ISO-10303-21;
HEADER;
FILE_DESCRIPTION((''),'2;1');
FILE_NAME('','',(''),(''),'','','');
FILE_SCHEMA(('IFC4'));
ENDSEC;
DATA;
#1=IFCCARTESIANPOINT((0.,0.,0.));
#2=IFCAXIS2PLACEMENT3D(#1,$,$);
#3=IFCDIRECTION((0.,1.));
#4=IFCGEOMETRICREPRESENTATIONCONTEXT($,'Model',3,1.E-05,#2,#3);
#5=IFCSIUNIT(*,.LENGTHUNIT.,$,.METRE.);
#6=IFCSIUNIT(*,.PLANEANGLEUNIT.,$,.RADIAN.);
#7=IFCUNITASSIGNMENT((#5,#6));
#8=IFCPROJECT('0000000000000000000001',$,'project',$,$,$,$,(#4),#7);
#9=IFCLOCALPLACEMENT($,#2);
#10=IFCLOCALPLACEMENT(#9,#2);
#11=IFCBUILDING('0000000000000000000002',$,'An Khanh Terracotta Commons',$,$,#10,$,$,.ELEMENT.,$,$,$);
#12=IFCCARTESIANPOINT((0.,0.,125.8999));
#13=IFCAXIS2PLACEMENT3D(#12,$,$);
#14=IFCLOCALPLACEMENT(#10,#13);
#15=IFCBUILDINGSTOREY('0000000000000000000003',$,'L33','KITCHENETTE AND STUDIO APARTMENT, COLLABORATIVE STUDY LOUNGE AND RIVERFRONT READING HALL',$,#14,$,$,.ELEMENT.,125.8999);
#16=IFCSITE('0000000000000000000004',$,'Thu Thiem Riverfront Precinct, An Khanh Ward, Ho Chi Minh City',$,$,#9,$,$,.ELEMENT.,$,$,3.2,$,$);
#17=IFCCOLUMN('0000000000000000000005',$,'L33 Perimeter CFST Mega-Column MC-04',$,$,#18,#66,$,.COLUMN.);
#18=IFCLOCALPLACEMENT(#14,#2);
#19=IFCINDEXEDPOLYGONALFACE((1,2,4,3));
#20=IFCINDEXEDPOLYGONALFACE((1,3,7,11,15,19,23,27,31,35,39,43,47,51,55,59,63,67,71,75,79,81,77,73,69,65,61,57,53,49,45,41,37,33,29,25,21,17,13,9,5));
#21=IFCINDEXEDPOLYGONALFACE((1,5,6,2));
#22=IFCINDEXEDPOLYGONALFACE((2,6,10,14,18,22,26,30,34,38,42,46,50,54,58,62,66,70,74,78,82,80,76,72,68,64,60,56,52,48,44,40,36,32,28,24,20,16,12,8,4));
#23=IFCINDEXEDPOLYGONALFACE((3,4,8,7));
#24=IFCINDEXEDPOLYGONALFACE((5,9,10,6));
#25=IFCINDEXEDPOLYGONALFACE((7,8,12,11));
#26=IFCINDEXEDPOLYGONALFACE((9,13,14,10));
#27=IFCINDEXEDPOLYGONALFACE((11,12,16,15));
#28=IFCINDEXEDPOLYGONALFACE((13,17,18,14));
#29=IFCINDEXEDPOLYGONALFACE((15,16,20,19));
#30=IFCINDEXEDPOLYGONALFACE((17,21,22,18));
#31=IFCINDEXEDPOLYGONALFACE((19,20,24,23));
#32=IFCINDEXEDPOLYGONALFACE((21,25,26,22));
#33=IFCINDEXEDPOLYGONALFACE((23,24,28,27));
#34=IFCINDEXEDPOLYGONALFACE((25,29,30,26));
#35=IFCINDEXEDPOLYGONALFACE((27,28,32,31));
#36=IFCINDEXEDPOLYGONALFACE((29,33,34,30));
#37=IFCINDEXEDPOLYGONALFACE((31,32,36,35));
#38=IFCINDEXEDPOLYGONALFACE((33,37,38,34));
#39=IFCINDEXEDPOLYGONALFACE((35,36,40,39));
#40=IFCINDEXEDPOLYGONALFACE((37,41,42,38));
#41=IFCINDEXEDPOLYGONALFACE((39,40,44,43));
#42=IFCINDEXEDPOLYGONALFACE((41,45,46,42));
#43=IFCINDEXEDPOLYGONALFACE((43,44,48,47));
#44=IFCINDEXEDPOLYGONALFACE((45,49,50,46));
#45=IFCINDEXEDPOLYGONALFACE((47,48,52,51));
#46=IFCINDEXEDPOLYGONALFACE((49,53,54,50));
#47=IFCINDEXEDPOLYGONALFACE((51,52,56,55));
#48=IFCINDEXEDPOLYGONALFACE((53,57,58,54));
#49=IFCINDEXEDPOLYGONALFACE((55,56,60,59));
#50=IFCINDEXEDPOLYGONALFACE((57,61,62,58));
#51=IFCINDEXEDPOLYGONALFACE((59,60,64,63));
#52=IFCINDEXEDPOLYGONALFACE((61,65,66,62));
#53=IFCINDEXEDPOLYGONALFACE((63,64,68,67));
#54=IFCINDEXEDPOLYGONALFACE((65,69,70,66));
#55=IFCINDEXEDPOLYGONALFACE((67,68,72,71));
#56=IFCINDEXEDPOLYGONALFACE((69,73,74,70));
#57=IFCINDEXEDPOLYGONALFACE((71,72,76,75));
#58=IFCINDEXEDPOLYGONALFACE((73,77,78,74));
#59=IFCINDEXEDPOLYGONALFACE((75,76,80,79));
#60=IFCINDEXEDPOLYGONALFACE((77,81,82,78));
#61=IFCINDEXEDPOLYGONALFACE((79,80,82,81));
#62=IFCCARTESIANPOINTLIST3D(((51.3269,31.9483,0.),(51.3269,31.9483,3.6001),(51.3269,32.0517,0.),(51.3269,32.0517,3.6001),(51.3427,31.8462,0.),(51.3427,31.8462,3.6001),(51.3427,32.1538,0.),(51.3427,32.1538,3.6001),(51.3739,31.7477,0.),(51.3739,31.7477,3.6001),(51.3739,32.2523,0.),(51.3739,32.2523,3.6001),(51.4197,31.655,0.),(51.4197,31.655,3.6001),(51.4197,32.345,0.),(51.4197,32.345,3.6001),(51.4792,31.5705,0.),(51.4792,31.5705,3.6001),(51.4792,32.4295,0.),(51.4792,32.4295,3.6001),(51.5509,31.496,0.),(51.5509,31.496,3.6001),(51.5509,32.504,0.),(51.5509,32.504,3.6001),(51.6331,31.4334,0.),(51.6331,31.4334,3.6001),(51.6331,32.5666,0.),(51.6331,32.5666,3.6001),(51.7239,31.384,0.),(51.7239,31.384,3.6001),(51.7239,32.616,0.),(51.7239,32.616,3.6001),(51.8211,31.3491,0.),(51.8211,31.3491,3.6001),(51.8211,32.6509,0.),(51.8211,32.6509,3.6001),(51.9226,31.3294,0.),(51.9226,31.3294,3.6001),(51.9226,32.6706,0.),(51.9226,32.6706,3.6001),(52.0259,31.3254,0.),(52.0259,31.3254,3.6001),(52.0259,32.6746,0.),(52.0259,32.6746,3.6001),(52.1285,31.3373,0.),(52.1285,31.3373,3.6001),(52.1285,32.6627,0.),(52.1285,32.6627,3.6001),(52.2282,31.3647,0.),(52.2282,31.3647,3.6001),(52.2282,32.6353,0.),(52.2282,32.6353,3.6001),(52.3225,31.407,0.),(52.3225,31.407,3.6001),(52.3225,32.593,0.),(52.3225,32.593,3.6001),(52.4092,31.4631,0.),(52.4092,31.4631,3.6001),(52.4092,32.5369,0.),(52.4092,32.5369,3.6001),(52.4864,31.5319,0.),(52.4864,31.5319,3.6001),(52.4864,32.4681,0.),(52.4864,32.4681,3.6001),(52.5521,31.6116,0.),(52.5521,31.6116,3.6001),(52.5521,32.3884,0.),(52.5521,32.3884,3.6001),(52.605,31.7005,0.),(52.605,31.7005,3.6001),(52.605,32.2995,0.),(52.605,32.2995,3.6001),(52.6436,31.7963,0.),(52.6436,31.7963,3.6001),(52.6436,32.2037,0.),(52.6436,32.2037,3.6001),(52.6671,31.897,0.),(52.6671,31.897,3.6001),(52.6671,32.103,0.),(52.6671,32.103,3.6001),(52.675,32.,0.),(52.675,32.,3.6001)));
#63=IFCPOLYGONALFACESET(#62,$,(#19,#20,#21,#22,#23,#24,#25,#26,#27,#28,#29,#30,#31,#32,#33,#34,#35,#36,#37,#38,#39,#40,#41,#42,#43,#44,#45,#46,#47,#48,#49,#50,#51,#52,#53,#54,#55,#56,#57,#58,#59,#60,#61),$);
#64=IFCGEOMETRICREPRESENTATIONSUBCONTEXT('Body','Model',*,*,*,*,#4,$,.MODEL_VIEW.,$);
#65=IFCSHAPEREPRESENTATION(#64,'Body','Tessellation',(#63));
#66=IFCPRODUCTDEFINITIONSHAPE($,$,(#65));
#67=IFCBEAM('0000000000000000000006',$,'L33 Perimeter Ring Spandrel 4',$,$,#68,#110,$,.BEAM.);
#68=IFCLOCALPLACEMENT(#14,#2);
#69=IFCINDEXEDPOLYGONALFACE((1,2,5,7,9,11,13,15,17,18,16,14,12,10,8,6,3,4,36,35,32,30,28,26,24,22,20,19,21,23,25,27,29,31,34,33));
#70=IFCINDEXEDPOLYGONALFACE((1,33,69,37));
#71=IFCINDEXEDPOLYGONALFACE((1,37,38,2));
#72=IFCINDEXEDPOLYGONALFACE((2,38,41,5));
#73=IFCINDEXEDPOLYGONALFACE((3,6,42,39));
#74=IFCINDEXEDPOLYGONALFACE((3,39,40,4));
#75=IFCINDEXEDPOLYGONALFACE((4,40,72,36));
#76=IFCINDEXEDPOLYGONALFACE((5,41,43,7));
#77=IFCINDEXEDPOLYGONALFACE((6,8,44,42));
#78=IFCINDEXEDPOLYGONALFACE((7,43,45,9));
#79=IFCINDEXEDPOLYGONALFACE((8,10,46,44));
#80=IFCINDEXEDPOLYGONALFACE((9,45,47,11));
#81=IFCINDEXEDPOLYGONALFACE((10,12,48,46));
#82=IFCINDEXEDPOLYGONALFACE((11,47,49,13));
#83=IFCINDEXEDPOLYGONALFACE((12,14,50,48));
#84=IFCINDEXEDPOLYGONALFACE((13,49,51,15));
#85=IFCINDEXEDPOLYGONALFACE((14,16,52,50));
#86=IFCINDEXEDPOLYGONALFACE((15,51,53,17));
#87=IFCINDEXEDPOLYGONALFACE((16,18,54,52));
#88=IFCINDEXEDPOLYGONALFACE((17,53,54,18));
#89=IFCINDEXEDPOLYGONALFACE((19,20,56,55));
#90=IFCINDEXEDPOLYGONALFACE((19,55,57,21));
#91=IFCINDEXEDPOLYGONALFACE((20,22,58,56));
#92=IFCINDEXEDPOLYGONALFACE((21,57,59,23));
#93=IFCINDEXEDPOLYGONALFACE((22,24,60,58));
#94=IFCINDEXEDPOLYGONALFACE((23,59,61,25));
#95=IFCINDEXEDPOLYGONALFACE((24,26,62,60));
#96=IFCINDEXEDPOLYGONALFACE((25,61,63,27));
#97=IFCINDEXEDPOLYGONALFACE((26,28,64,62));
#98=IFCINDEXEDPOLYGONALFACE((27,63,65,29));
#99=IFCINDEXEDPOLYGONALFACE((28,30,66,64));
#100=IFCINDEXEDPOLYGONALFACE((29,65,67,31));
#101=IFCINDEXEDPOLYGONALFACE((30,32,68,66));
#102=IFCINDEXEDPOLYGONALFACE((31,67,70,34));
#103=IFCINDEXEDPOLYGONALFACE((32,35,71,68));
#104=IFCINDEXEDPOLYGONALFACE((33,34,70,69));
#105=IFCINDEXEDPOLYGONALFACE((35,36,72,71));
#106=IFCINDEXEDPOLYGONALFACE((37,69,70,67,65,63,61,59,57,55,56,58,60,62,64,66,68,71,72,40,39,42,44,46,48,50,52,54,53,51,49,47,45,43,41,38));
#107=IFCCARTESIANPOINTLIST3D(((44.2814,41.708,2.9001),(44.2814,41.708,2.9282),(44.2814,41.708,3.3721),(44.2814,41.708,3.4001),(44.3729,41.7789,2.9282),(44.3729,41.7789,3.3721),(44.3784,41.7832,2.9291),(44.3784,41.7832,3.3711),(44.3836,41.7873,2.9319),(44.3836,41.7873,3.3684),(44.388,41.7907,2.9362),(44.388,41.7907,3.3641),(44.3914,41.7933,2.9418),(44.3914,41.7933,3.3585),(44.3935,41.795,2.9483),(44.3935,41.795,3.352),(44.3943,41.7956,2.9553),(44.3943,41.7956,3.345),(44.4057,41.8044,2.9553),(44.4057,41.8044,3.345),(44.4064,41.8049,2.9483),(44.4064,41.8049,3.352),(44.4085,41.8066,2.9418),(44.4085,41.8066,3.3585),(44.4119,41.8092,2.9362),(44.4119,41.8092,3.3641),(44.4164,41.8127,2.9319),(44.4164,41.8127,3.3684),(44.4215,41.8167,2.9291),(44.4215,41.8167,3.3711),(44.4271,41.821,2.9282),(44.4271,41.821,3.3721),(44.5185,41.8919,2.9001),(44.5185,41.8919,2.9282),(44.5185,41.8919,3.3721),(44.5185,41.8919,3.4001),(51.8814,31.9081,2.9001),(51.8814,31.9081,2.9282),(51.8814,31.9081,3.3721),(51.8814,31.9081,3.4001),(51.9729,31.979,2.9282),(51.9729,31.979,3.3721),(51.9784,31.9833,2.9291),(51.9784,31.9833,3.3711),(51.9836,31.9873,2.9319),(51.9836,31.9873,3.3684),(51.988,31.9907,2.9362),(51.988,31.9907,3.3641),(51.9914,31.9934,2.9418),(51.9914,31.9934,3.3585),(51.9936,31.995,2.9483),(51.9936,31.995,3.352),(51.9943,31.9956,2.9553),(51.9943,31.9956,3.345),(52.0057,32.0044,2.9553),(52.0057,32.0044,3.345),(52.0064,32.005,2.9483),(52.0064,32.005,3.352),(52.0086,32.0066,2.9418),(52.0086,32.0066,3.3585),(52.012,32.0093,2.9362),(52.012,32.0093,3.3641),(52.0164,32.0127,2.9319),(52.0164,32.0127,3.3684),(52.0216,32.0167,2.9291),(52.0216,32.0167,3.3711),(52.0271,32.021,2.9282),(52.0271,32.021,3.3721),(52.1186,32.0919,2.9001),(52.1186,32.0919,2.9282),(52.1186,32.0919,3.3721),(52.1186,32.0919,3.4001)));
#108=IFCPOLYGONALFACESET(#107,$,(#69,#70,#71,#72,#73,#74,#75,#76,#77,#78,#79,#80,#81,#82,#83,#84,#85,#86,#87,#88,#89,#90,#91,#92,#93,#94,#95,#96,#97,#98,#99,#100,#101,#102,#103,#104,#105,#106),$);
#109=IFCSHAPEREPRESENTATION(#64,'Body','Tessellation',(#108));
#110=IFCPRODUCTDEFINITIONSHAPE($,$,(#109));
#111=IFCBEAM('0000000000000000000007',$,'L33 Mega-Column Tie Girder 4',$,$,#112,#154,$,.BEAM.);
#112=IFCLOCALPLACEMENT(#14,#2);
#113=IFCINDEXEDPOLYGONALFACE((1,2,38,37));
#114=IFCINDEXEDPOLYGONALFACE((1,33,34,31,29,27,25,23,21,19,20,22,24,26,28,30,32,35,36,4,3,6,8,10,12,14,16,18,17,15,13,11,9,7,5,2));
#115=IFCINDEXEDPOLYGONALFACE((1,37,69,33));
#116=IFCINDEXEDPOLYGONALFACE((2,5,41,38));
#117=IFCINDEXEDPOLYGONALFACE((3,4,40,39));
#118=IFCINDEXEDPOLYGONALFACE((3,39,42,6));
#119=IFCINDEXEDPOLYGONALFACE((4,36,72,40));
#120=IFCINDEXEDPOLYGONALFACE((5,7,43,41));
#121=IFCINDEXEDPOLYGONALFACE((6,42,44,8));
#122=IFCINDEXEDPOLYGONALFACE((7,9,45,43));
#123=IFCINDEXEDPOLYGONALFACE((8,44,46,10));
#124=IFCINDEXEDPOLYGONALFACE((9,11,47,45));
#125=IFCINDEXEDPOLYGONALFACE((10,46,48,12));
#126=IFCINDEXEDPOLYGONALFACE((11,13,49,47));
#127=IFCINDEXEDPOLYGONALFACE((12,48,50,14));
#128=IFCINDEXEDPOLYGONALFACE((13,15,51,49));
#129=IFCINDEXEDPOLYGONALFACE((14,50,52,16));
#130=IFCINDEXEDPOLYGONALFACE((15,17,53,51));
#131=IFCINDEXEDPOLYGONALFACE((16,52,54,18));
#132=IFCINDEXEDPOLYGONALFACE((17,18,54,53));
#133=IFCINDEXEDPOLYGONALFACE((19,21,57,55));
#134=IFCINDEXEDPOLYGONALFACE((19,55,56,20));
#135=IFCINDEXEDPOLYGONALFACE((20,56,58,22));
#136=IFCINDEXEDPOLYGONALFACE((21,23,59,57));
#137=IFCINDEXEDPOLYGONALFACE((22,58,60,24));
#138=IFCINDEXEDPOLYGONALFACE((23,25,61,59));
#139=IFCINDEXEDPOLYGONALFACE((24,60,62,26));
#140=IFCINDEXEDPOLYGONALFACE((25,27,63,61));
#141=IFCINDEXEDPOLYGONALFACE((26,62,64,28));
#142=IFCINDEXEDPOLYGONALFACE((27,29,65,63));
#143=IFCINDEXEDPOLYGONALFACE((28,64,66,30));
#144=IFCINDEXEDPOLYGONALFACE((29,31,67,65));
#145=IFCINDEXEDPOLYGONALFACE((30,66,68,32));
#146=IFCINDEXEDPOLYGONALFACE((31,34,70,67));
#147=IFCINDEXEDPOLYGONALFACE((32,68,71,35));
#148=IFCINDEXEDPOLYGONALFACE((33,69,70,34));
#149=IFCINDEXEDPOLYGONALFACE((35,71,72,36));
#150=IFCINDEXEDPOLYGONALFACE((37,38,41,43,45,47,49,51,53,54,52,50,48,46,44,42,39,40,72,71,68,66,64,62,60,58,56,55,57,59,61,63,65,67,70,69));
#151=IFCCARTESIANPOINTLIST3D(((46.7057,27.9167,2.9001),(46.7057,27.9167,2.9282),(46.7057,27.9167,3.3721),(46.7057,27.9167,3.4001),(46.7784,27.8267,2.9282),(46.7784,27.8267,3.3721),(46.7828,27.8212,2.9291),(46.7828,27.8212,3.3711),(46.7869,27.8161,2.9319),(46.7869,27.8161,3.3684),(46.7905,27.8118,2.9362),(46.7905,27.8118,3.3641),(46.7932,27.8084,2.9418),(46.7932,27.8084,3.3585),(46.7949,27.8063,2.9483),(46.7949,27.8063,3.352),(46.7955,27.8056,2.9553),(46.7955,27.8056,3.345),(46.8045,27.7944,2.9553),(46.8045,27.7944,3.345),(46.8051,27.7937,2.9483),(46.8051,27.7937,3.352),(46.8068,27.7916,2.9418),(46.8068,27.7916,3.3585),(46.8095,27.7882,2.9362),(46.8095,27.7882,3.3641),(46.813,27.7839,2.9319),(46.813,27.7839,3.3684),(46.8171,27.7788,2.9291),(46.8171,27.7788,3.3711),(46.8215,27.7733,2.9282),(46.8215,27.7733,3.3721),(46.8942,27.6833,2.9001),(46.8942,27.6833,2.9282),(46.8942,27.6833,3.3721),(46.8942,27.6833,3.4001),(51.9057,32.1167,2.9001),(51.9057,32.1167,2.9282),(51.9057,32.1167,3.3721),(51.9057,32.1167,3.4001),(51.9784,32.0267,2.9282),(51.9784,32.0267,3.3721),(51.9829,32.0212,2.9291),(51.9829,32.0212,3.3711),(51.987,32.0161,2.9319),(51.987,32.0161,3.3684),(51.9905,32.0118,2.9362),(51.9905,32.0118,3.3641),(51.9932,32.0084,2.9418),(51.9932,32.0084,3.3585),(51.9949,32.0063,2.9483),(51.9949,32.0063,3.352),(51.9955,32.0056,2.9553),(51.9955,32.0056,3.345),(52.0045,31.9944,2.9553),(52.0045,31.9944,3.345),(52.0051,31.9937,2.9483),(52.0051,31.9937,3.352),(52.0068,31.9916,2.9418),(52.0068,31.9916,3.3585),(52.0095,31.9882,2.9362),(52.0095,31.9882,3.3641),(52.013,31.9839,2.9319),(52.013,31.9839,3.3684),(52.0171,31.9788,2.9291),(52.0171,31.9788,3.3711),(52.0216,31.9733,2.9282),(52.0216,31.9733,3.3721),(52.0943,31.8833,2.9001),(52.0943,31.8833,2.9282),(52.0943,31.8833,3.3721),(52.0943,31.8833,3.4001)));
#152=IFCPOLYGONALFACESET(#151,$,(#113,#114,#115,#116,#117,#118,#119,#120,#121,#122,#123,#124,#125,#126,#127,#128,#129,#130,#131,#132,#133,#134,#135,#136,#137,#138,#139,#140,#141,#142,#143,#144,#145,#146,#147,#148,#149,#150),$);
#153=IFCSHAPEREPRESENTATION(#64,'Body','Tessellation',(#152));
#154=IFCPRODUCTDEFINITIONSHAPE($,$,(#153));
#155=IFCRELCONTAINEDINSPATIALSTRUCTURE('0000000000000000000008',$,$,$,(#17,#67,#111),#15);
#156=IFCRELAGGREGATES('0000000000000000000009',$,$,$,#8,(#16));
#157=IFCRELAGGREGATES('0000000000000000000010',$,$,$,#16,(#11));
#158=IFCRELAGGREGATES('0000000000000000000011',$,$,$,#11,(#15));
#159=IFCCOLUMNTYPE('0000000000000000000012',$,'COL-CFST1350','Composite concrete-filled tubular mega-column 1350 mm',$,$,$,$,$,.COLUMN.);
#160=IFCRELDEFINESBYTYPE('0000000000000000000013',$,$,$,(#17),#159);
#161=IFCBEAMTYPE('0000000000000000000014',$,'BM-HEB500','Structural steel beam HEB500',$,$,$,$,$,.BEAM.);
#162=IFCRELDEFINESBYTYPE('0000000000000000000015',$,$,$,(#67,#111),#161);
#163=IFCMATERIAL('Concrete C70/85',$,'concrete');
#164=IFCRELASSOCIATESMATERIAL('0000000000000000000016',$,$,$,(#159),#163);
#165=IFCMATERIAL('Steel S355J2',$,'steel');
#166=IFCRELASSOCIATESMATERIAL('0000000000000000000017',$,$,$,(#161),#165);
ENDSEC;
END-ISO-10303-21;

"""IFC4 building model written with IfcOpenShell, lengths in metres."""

from ifc_helpers import new_model, si_unit, direction, frame, origin, origin_2d, place, context, subcontext, project, spatial, circle, i_section, extrude, material, material_profile, profile_set, type_object, element, save


model = new_model("IFC4")

# Units and contexts
model_context = context("Model", 3, precision=1e-05, world=origin(), true_north=direction((0.0, 1.0)))
body_context = subcontext(model_context, "Body", "Model", "MODEL_VIEW")
ifc_project = project(units=[si_unit("LENGTHUNIT", "METRE"), si_unit("PLANEANGLEUNIT", "RADIAN")], contexts=[model_context])

# Site, building, storey
site_placement = place(None, origin())
site = spatial("IfcSite", under=ifc_project, at=site_placement, Name="Thu Thiem Riverfront Precinct, An Khanh Ward, Ho Chi Minh City", CompositionType="ELEMENT", RefElevation=3.2)
building_placement = place(site_placement, origin())
building = spatial("IfcBuilding", under=site, at=building_placement, Name="An Khanh Terracotta Commons", CompositionType="ELEMENT")
storey_placement = place(building_placement, frame((0.0, 0.0, 125.8999)))
storey = spatial("IfcBuildingStorey", under=building, at=storey_placement, Name="L33", Description="KITCHENETTE AND STUDIO APARTMENT, COLLABORATIVE STUDY LOUNGE AND RIVERFRONT READING HALL", CompositionType="ELEMENT", Elevation=125.8999)

# Column
ifc_material_1 = material(Name="Concrete C70/85", Category="concrete")
ifc_material_profile_1 = material_profile(ifc_material_1, circle(Radius=0.675, at=origin_2d()), Name="CFST1350")
ifc_profile_set_1 = profile_set([ifc_material_profile_1], Name="Concrete C70/85")
column_type = type_object("IfcColumnType", Name="COL-CFST1350", Description="Composite concrete-filled tubular mega-column 1350 mm", PredefinedType="COLUMN", material=ifc_profile_set_1)
column_placement = place(storey_placement, frame((52.0, 32.0, 0.0), z_axis=(0.0, 0.0, 1.0), x_axis=(1.0, 0.0, 0.0)))
element("IfcColumn", 1, at=column_placement, inside=storey, type_object=column_type, Name="L33 Perimeter CFST Mega-Column MC-04", PredefinedType="COLUMN", context=body_context, shape_type="SweptSolid", body=[
    extrude(circle(Radius=0.675, at=origin_2d()), origin(), (0.0, 0.0, 1.0), 3.6001),
])

# Beams
ifc_material_2 = material(Name="Steel S355J2", Category="steel")
ifc_material_profile_2 = material_profile(ifc_material_2, i_section(OverallWidth=0.3, OverallDepth=0.5, WebThickness=0.0144, FlangeThickness=0.0281, FilletRadius=0.0271, at=origin_2d()), Name="HEB500")
ifc_profile_set_2 = profile_set([ifc_material_profile_2], Name="Steel S355J2")
beam_type = type_object("IfcBeamType", Name="BM-HEB500", Description="Structural steel beam HEB500", PredefinedType="BEAM", material=ifc_profile_set_2)
beam_1_placement = place(storey_placement, frame((52.0, 32.0, 3.1501), z_axis=(-0.612827, 0.790217, 0.0), x_axis=(-0.790217, -0.612827, 0.0)))
element("IfcBeam", 2, at=beam_1_placement, inside=storey, type_object=beam_type, Name="L33 Perimeter Ring Spandrel 4", PredefinedType="BEAM", context=body_context, shape_type="SweptSolid", body=[
    extrude(i_section(OverallWidth=0.3, OverallDepth=0.5, WebThickness=0.0144, FlangeThickness=0.0281, FilletRadius=0.0271, at=origin_2d()), origin(), (0.0, 0.0, 1.0), 12.4016),
])
beam_2_placement = place(storey_placement, frame((52.0, 32.0, 3.1501), z_axis=(-0.777942, -0.628336, 0.0), x_axis=(0.628336, -0.777942, 0.0)))
element("IfcBeam", 3, at=beam_2_placement, inside=storey, type_object=beam_type, Name="L33 Mega-Column Tie Girder 4", PredefinedType="BEAM", context=body_context, shape_type="SweptSolid", body=[
    extrude(i_section(OverallWidth=0.3, OverallDepth=0.5, WebThickness=0.0144, FlangeThickness=0.0281, FilletRadius=0.0271, at=origin_2d()), origin(), (0.0, 0.0, 1.0), 6.6843),
])

save(model, "model.ifc")
